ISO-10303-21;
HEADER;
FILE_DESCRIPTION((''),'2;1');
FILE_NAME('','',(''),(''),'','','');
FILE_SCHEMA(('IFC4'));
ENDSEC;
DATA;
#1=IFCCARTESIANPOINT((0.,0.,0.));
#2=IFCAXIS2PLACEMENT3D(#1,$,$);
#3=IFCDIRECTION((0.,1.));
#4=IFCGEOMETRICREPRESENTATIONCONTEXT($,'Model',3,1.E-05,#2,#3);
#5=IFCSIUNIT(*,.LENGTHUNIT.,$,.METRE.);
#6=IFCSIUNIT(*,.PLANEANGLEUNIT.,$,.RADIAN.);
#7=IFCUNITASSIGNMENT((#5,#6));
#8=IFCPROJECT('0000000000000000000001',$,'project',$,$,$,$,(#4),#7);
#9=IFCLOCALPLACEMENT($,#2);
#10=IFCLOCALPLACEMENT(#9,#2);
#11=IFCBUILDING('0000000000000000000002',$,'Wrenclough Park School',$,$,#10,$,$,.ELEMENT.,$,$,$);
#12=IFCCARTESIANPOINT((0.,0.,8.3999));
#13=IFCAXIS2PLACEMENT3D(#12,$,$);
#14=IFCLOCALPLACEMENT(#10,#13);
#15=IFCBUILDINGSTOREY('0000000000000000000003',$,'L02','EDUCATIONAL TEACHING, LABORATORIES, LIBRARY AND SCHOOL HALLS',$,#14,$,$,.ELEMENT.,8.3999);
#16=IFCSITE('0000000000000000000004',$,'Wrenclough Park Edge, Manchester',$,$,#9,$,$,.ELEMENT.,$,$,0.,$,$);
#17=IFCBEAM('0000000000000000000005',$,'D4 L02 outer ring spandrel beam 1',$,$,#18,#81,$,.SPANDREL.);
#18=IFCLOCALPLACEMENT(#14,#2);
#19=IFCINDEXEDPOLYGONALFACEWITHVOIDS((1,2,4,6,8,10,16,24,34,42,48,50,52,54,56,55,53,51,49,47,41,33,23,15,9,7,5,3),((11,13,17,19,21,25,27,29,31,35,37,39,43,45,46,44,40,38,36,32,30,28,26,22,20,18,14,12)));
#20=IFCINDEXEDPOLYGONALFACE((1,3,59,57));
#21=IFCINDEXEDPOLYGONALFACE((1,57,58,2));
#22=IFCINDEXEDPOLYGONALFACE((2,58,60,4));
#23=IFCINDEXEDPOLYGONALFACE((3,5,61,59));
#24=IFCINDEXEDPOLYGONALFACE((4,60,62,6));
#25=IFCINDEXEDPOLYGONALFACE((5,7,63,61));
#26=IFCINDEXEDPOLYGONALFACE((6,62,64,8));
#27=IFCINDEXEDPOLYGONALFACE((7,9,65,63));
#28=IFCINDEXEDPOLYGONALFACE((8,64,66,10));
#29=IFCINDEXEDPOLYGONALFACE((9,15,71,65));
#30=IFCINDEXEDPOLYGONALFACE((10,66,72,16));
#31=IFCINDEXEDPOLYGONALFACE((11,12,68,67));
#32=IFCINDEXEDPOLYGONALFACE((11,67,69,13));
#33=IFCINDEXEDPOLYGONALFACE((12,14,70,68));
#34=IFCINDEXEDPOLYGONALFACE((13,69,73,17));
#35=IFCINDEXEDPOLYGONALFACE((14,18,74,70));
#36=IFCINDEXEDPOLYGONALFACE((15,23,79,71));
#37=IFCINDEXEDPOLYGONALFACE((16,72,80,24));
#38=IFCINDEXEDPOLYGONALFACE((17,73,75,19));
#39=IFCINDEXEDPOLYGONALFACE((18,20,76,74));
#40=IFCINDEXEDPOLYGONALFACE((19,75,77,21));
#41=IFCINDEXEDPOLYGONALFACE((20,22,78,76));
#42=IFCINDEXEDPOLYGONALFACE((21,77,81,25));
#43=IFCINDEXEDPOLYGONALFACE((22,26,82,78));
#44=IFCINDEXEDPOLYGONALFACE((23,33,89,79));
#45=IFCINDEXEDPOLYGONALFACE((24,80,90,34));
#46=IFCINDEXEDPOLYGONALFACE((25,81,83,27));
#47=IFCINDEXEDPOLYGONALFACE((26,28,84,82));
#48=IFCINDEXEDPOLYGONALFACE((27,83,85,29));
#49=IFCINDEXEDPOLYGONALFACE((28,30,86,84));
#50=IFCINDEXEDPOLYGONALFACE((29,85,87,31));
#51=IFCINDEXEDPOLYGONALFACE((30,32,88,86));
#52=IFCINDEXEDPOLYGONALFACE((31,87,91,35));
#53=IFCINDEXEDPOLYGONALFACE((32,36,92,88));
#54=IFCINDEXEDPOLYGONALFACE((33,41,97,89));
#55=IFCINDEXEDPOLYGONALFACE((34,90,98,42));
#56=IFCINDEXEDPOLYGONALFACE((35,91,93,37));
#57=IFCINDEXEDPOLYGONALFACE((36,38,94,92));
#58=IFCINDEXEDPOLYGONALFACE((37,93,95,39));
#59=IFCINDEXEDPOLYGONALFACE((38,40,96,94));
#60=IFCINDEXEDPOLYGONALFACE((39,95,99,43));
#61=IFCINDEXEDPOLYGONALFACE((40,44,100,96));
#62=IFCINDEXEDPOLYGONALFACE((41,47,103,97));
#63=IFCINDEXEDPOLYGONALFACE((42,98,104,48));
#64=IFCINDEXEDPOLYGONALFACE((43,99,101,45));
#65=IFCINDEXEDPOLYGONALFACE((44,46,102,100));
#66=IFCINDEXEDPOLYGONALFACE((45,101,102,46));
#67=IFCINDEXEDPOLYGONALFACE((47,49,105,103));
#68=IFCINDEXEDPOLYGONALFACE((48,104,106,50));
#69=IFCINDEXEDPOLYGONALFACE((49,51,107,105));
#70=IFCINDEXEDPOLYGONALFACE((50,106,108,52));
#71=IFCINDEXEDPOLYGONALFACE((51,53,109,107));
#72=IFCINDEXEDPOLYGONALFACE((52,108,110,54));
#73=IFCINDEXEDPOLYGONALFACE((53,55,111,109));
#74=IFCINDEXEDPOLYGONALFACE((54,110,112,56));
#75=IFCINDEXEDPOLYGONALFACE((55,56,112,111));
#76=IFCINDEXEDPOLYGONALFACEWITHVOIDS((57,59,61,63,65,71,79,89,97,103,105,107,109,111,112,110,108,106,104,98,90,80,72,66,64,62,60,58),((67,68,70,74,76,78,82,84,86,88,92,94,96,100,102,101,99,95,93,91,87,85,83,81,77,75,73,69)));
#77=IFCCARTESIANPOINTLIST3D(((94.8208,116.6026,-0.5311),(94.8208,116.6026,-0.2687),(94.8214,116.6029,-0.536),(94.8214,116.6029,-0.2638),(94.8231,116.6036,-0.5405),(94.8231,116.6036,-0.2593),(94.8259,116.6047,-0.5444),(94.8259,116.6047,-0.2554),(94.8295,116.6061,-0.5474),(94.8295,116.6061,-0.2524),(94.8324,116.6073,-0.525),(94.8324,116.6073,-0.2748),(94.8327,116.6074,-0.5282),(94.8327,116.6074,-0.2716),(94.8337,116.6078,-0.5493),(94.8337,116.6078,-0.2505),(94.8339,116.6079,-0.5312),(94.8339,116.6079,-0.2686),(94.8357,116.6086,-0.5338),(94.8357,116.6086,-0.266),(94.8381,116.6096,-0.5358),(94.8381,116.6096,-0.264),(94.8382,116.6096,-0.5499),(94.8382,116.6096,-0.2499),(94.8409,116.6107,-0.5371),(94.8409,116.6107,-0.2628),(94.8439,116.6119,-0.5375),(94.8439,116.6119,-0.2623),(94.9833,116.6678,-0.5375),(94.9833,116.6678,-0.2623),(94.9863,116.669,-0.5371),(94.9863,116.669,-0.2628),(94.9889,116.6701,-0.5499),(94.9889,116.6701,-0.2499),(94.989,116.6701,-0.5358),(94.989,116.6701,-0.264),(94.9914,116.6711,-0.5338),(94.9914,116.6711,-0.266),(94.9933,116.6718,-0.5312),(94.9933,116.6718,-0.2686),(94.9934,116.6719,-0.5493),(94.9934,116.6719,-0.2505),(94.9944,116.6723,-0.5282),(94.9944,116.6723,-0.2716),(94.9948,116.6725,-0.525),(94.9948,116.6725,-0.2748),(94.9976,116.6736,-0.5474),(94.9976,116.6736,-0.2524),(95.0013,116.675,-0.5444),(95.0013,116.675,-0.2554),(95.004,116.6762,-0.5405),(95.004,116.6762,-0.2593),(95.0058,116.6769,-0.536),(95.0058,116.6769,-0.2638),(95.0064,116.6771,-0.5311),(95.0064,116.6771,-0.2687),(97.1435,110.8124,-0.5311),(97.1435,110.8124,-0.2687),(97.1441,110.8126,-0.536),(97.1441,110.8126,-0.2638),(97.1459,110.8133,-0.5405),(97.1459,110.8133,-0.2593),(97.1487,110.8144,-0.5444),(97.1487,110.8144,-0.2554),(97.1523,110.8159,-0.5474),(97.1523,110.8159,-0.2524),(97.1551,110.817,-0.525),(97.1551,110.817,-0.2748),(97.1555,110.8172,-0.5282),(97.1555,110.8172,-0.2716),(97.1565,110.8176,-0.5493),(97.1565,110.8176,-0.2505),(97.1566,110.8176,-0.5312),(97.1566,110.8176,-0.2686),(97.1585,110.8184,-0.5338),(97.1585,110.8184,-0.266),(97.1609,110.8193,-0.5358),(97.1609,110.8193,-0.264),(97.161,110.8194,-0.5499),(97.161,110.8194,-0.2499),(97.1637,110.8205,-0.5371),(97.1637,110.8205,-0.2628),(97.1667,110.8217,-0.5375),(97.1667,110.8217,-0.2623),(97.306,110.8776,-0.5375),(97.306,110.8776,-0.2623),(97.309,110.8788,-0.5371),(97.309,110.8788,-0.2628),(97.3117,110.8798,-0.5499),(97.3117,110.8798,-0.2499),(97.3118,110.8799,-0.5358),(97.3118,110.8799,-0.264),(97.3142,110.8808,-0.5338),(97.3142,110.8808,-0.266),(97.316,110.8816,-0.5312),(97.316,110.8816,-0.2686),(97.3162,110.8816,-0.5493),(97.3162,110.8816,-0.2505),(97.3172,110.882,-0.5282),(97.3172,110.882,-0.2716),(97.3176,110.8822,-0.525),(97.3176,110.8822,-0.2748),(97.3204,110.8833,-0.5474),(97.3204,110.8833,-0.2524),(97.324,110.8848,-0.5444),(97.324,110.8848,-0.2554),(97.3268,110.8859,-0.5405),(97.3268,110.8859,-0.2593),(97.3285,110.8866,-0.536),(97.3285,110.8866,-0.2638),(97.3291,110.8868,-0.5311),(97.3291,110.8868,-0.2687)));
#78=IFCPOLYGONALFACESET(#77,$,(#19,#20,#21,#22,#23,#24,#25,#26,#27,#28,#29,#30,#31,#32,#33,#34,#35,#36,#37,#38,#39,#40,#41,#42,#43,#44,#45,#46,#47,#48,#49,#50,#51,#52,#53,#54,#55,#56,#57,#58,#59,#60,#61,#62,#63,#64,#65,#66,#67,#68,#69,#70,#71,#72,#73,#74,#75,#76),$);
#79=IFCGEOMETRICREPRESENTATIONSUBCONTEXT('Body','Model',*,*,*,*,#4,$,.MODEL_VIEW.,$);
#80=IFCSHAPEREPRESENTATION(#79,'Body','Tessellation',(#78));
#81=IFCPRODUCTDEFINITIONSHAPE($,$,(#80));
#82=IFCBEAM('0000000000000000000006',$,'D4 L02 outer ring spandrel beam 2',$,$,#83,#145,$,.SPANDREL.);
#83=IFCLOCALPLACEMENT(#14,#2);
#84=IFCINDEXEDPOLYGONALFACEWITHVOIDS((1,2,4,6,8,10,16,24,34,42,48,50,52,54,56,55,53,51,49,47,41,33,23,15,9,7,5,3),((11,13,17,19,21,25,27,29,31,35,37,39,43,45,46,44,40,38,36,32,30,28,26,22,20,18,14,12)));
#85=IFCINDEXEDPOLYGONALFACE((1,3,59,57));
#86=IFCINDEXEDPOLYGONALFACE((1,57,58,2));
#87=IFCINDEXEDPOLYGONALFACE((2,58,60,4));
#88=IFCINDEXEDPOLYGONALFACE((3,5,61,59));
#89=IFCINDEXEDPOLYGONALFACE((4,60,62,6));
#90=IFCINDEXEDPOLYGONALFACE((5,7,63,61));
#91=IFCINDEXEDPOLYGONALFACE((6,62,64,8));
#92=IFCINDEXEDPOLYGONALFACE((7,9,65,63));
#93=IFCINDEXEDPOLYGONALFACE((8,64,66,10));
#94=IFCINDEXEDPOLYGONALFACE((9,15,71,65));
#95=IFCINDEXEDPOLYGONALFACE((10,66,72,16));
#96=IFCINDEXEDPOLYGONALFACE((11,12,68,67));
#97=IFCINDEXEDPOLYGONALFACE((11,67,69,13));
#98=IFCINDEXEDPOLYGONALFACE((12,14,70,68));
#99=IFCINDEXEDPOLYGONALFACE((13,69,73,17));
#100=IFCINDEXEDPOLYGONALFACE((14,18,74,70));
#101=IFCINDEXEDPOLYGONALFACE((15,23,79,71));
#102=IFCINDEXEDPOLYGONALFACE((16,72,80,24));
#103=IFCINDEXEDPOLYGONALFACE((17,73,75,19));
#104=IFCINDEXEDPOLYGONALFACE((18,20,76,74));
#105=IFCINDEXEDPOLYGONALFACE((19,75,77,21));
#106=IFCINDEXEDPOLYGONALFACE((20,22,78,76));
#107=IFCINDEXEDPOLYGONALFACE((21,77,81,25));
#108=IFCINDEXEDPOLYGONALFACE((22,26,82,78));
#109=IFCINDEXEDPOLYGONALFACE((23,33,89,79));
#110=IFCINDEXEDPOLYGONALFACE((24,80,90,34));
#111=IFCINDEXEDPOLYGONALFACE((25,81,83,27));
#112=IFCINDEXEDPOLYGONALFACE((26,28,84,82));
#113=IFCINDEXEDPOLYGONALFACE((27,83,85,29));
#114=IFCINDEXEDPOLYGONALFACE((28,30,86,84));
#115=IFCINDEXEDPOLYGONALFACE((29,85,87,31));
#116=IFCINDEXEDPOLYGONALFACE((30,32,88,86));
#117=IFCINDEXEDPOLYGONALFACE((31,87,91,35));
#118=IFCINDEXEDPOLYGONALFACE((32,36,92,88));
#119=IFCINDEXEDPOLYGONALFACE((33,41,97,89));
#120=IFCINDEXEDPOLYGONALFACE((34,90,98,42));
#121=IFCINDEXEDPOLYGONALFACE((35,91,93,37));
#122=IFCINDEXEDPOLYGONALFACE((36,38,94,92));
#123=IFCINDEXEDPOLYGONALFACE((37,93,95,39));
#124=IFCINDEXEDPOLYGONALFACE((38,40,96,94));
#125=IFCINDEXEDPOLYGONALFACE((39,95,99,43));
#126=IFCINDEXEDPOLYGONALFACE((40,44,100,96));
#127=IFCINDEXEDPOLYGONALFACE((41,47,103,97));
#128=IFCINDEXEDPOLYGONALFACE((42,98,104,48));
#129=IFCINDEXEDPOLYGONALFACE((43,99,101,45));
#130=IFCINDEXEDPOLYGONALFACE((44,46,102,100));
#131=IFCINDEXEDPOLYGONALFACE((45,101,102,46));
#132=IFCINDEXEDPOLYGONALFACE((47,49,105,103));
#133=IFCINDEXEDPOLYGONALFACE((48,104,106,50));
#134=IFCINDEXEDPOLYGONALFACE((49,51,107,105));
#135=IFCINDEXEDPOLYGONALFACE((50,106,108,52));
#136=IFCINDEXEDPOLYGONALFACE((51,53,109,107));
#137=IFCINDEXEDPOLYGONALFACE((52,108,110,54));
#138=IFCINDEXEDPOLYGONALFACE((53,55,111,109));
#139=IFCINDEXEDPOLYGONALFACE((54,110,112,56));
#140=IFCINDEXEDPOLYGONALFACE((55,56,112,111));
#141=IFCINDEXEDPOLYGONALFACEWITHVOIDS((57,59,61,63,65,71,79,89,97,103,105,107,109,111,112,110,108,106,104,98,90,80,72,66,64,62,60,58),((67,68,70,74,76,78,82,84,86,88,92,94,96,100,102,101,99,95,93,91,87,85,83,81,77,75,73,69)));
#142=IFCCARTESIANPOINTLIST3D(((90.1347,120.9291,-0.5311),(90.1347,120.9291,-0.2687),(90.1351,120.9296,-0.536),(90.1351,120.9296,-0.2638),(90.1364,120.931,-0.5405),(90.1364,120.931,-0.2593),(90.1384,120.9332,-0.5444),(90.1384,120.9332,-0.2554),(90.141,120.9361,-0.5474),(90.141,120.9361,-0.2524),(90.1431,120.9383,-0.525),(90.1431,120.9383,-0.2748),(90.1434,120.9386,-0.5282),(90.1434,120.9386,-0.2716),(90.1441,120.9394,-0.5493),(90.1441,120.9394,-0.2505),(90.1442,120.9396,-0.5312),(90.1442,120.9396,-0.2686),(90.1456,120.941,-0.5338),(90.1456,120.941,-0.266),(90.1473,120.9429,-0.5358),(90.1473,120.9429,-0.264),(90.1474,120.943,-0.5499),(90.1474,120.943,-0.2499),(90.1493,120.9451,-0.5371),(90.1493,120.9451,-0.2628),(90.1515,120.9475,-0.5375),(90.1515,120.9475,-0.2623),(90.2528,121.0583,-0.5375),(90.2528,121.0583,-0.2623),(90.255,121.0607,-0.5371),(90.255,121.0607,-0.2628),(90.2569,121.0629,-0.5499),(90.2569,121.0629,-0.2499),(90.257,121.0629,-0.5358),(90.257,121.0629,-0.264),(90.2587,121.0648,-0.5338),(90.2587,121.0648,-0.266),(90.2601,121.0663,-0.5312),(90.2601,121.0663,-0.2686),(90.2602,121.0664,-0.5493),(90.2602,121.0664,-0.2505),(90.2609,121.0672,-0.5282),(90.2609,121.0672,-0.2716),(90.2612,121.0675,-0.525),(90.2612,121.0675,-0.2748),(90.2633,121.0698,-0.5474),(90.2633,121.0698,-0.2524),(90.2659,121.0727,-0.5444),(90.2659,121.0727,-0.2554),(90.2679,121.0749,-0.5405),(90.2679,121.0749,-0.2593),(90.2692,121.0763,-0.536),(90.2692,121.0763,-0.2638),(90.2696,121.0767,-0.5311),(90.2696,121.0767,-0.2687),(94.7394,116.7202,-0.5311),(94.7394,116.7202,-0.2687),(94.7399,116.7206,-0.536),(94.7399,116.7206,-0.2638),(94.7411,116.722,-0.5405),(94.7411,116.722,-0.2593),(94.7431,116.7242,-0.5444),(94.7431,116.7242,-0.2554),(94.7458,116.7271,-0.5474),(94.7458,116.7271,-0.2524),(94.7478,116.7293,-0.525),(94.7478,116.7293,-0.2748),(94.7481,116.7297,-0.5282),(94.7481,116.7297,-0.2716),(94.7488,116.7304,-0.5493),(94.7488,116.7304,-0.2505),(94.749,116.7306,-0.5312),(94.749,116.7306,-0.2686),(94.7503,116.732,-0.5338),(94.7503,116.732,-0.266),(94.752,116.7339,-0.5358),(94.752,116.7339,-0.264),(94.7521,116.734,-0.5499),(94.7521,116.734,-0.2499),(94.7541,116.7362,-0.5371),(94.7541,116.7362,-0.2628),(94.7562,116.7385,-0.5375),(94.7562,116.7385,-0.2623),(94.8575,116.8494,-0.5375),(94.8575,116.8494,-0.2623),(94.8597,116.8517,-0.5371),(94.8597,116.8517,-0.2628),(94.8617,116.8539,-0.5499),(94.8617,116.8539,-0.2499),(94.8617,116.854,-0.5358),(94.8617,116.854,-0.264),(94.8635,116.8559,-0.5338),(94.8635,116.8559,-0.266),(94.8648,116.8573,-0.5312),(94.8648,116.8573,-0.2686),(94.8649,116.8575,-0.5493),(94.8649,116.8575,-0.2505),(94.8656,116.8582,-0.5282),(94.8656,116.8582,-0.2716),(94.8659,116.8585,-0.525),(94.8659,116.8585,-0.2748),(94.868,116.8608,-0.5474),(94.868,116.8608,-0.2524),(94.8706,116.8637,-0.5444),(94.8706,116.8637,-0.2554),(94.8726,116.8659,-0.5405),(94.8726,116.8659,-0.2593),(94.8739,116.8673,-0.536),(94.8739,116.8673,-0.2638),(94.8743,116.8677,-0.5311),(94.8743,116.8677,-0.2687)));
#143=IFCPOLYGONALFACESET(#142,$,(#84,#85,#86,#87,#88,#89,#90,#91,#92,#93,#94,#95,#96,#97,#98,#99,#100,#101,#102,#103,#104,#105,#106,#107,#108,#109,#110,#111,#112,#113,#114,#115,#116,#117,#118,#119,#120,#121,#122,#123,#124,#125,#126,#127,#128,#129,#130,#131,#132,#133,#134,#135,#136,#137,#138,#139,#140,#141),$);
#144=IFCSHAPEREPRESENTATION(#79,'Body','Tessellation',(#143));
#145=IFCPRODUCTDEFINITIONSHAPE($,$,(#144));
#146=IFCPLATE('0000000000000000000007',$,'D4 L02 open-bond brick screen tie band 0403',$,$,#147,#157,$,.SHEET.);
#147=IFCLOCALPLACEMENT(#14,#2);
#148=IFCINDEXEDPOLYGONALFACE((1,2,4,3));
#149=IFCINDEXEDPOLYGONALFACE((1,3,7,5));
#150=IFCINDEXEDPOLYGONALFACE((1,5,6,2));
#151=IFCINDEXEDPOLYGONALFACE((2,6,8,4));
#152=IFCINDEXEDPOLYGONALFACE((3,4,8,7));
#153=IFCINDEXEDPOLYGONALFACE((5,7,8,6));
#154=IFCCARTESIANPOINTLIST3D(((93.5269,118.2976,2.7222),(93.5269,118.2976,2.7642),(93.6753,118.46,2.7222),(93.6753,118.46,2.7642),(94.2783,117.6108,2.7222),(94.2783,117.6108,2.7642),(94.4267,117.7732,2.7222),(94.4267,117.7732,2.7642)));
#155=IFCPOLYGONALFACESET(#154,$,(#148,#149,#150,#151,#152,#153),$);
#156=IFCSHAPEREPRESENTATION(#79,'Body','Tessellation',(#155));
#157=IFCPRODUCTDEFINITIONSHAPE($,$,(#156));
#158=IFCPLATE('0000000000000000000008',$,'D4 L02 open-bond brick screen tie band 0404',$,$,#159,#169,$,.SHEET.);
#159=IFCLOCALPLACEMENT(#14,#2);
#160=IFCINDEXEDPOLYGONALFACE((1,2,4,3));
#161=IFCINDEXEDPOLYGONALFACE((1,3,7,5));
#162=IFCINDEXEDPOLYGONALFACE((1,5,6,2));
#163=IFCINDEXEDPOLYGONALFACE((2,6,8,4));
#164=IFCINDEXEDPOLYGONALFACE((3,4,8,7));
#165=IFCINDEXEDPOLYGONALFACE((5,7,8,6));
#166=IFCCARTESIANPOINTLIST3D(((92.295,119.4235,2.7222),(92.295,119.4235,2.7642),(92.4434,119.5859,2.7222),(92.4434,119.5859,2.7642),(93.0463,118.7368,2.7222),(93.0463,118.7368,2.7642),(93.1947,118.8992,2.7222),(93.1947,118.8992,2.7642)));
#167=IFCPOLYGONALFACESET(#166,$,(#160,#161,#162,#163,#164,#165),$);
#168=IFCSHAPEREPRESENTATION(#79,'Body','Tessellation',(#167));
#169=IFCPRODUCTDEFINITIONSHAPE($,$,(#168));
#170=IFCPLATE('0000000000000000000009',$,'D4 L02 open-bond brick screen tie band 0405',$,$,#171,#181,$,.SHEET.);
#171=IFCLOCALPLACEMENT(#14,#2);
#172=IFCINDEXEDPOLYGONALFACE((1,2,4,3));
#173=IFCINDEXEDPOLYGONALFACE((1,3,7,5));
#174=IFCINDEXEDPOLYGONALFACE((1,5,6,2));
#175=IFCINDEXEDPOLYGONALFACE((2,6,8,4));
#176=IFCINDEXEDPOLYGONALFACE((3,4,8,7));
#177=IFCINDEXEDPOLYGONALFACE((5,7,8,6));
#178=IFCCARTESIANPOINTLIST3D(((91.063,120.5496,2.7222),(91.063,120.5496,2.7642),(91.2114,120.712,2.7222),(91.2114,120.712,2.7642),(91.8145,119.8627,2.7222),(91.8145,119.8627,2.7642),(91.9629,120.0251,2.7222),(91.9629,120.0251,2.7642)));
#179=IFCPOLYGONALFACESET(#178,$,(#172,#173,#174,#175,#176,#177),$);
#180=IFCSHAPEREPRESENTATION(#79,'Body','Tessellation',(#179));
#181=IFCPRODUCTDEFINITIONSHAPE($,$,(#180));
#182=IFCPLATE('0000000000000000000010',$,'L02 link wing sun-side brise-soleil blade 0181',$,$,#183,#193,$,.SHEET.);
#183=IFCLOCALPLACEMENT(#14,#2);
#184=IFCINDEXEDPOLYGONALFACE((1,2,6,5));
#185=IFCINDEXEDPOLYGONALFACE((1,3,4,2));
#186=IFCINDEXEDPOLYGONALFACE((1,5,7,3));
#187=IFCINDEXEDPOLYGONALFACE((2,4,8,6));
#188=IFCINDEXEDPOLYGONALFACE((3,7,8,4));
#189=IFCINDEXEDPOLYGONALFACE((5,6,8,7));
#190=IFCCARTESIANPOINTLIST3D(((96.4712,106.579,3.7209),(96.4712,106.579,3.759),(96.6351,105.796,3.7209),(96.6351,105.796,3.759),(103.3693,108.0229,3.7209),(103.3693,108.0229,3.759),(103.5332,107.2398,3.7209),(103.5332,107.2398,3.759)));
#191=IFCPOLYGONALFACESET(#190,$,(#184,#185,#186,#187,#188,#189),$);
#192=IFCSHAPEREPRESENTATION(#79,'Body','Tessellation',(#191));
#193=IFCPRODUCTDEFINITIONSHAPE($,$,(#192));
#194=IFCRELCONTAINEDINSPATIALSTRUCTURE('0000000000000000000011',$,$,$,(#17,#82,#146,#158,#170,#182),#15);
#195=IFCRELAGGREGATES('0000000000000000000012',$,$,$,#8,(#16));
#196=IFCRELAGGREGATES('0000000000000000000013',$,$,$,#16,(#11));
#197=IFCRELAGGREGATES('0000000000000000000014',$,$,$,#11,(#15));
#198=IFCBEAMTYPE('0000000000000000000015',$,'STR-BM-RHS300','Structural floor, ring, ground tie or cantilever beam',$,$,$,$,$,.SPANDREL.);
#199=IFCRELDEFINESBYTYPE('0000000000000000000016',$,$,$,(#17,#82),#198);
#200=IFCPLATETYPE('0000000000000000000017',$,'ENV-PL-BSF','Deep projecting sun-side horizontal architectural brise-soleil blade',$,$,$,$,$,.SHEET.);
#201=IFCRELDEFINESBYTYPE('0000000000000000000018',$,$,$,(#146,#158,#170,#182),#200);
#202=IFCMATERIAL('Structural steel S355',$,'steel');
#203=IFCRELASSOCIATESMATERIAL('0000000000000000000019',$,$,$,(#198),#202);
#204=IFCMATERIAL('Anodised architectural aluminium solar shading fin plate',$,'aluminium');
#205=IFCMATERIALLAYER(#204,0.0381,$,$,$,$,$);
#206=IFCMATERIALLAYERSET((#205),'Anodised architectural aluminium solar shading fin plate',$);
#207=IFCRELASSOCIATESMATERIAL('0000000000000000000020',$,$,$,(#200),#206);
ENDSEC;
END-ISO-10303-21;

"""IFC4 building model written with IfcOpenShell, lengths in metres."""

from ifc_helpers import new_model, si_unit, direction, frame, origin, origin_2d, place, context, subcontext, project, spatial, rectangle, hollow_rectangle, extrude, material, layer, layer_set, material_profile, profile_set, type_object, element, save


model = new_model("IFC4")

# Units and contexts
model_context = context("Model", 3, precision=1e-05, world=origin(), true_north=direction((0.0, 1.0)))
body_context = subcontext(model_context, "Body", "Model", "MODEL_VIEW")
ifc_project = project(units=[si_unit("LENGTHUNIT", "METRE"), si_unit("PLANEANGLEUNIT", "RADIAN")], contexts=[model_context])

# Site, building, storey
site_placement = place(None, origin())
site = spatial("IfcSite", under=ifc_project, at=site_placement, Name="Wrenclough Park Edge, Manchester", CompositionType="ELEMENT", RefElevation=0.0)
building_placement = place(site_placement, origin())
building = spatial("IfcBuilding", under=site, at=building_placement, Name="Wrenclough Park School", CompositionType="ELEMENT")
storey_placement = place(building_placement, frame((0.0, 0.0, 8.3999)))
storey = spatial("IfcBuildingStorey", under=building, at=storey_placement, Name="L02", Description="EDUCATIONAL TEACHING, LABORATORIES, LIBRARY AND SCHOOL HALLS", CompositionType="ELEMENT", Elevation=8.3999)

# Shared definitions
ifc_material_1 = material(Name="Structural steel S355", Category="steel")

# Beams
ifc_material_profile_1 = material_profile(ifc_material_1, hollow_rectangle(XDim=0.2, YDim=0.3, WallThickness=0.0125, InnerFilletRadius=0.0125, OuterFilletRadius=0.0188, at=origin_2d()), Name="RHS 300x200x12.5")
ifc_profile_set_1 = profile_set([ifc_material_profile_1], Name="Structural steel S355")
beam_type = type_object("IfcBeamType", Name="STR-BM-RHS300", Description="Structural floor, ring, ground tie or cantilever beam", PredefinedType="SPANDREL", material=ifc_profile_set_1)
beam_1_placement = place(storey_placement, frame((97.2363, 110.8496, -0.3999), z_axis=(-0.372308, 0.928109, 0.0), x_axis=(-0.928109, -0.372308, 0.0)))
element("IfcBeam", 1, at=beam_1_placement, inside=storey, type_object=beam_type, Name="D4 L02 outer ring spandrel beam 1", PredefinedType="SPANDREL", context=body_context, shape_type="SweptSolid", body=[
    extrude(hollow_rectangle(XDim=0.2, YDim=0.3, WallThickness=0.0125, InnerFilletRadius=0.0125, OuterFilletRadius=0.0188, at=origin_2d()), origin(), (0.0, 0.0, 1.0), 6.2388),
])
beam_2_placement = place(storey_placement, frame((94.8069, 116.7939, -0.3999), z_axis=(-0.738113, 0.674677, 0.0), x_axis=(-0.674677, -0.738113, 0.0)))
element("IfcBeam", 2, at=beam_2_placement, inside=storey, type_object=beam_type, Name="D4 L02 outer ring spandrel beam 2", PredefinedType="SPANDREL", context=body_context, shape_type="SweptSolid", body=[
    extrude(hollow_rectangle(XDim=0.2, YDim=0.3, WallThickness=0.0125, InnerFilletRadius=0.0125, OuterFilletRadius=0.0188, at=origin_2d()), origin(), (0.0, 0.0, 1.0), 6.2385),
])

# Plates
ifc_material_2 = material(Name="Anodised architectural aluminium solar shading fin plate", Category="aluminium")
ifc_layer_1 = layer(ifc_material_2, 0.0381)
ifc_layer_set_1 = layer_set([ifc_layer_1], Name="Anodised architectural aluminium solar shading fin plate")
plate_type = type_object("IfcPlateType", Name="ENV-PL-BSF", Description="Deep projecting sun-side horizontal architectural brise-soleil blade", PredefinedType="SHEET", material=ifc_layer_set_1)
plate_1_placement = place(storey_placement, frame((93.9768, 118.0354, 2.7222), z_axis=(0.0, 0.0, 1.0), x_axis=(-0.738122, 0.674667, 0.0)))
element("IfcPlate", 3, at=plate_1_placement, inside=storey, type_object=plate_type, Name="D4 L02 open-bond brick screen tie band 0403", PredefinedType="SHEET", context=body_context, shape_type="SweptSolid", body=[
    extrude(rectangle(XDim=1.0181, YDim=0.22, at=origin_2d()), origin(), (0.0, 0.0, 1.0), 0.042),
])
plate_2_placement = place(storey_placement, frame((92.7449, 119.1614, 2.7222), z_axis=(0.0, 0.0, 1.0), x_axis=(-0.738122, 0.674667, 0.0)))
element("IfcPlate", 4, at=plate_2_placement, inside=storey, type_object=plate_type, Name="D4 L02 open-bond brick screen tie band 0404", PredefinedType="SHEET", context=body_context, shape_type="SweptSolid", body=[
    extrude(rectangle(XDim=1.0178, YDim=0.22, at=origin_2d()), origin(), (0.0, 0.0, 1.0), 0.042),
])
plate_3_placement = place(storey_placement, frame((91.5129, 120.2874, 2.7222), z_axis=(0.0, 0.0, 1.0), x_axis=(-0.738122, 0.674667, 0.0)))
element("IfcPlate", 5, at=plate_3_placement, inside=storey, type_object=plate_type, Name="D4 L02 open-bond brick screen tie band 0405", PredefinedType="SHEET", context=body_context, shape_type="SweptSolid", body=[
    extrude(rectangle(XDim=1.0181, YDim=0.22, at=origin_2d()), origin(), (0.0, 0.0, 1.0), 0.042),
])
plate_4_placement = place(storey_placement, frame((100.0022, 106.9094, 3.7209), z_axis=(0.0, 0.0, 1.0), x_axis=(-0.978789, -0.204869, 0.0)))
element("IfcPlate", 6, at=plate_4_placement, inside=storey, type_object=plate_type, Name="L02 link wing sun-side brise-soleil blade 0181", PredefinedType="SHEET", context=body_context, shape_type="SweptSolid", body=[
    extrude(rectangle(XDim=7.0476, YDim=0.8, at=origin_2d()), origin(), (0.0, 0.0, 1.0), 0.0381),
])

save(model, "model.ifc")
